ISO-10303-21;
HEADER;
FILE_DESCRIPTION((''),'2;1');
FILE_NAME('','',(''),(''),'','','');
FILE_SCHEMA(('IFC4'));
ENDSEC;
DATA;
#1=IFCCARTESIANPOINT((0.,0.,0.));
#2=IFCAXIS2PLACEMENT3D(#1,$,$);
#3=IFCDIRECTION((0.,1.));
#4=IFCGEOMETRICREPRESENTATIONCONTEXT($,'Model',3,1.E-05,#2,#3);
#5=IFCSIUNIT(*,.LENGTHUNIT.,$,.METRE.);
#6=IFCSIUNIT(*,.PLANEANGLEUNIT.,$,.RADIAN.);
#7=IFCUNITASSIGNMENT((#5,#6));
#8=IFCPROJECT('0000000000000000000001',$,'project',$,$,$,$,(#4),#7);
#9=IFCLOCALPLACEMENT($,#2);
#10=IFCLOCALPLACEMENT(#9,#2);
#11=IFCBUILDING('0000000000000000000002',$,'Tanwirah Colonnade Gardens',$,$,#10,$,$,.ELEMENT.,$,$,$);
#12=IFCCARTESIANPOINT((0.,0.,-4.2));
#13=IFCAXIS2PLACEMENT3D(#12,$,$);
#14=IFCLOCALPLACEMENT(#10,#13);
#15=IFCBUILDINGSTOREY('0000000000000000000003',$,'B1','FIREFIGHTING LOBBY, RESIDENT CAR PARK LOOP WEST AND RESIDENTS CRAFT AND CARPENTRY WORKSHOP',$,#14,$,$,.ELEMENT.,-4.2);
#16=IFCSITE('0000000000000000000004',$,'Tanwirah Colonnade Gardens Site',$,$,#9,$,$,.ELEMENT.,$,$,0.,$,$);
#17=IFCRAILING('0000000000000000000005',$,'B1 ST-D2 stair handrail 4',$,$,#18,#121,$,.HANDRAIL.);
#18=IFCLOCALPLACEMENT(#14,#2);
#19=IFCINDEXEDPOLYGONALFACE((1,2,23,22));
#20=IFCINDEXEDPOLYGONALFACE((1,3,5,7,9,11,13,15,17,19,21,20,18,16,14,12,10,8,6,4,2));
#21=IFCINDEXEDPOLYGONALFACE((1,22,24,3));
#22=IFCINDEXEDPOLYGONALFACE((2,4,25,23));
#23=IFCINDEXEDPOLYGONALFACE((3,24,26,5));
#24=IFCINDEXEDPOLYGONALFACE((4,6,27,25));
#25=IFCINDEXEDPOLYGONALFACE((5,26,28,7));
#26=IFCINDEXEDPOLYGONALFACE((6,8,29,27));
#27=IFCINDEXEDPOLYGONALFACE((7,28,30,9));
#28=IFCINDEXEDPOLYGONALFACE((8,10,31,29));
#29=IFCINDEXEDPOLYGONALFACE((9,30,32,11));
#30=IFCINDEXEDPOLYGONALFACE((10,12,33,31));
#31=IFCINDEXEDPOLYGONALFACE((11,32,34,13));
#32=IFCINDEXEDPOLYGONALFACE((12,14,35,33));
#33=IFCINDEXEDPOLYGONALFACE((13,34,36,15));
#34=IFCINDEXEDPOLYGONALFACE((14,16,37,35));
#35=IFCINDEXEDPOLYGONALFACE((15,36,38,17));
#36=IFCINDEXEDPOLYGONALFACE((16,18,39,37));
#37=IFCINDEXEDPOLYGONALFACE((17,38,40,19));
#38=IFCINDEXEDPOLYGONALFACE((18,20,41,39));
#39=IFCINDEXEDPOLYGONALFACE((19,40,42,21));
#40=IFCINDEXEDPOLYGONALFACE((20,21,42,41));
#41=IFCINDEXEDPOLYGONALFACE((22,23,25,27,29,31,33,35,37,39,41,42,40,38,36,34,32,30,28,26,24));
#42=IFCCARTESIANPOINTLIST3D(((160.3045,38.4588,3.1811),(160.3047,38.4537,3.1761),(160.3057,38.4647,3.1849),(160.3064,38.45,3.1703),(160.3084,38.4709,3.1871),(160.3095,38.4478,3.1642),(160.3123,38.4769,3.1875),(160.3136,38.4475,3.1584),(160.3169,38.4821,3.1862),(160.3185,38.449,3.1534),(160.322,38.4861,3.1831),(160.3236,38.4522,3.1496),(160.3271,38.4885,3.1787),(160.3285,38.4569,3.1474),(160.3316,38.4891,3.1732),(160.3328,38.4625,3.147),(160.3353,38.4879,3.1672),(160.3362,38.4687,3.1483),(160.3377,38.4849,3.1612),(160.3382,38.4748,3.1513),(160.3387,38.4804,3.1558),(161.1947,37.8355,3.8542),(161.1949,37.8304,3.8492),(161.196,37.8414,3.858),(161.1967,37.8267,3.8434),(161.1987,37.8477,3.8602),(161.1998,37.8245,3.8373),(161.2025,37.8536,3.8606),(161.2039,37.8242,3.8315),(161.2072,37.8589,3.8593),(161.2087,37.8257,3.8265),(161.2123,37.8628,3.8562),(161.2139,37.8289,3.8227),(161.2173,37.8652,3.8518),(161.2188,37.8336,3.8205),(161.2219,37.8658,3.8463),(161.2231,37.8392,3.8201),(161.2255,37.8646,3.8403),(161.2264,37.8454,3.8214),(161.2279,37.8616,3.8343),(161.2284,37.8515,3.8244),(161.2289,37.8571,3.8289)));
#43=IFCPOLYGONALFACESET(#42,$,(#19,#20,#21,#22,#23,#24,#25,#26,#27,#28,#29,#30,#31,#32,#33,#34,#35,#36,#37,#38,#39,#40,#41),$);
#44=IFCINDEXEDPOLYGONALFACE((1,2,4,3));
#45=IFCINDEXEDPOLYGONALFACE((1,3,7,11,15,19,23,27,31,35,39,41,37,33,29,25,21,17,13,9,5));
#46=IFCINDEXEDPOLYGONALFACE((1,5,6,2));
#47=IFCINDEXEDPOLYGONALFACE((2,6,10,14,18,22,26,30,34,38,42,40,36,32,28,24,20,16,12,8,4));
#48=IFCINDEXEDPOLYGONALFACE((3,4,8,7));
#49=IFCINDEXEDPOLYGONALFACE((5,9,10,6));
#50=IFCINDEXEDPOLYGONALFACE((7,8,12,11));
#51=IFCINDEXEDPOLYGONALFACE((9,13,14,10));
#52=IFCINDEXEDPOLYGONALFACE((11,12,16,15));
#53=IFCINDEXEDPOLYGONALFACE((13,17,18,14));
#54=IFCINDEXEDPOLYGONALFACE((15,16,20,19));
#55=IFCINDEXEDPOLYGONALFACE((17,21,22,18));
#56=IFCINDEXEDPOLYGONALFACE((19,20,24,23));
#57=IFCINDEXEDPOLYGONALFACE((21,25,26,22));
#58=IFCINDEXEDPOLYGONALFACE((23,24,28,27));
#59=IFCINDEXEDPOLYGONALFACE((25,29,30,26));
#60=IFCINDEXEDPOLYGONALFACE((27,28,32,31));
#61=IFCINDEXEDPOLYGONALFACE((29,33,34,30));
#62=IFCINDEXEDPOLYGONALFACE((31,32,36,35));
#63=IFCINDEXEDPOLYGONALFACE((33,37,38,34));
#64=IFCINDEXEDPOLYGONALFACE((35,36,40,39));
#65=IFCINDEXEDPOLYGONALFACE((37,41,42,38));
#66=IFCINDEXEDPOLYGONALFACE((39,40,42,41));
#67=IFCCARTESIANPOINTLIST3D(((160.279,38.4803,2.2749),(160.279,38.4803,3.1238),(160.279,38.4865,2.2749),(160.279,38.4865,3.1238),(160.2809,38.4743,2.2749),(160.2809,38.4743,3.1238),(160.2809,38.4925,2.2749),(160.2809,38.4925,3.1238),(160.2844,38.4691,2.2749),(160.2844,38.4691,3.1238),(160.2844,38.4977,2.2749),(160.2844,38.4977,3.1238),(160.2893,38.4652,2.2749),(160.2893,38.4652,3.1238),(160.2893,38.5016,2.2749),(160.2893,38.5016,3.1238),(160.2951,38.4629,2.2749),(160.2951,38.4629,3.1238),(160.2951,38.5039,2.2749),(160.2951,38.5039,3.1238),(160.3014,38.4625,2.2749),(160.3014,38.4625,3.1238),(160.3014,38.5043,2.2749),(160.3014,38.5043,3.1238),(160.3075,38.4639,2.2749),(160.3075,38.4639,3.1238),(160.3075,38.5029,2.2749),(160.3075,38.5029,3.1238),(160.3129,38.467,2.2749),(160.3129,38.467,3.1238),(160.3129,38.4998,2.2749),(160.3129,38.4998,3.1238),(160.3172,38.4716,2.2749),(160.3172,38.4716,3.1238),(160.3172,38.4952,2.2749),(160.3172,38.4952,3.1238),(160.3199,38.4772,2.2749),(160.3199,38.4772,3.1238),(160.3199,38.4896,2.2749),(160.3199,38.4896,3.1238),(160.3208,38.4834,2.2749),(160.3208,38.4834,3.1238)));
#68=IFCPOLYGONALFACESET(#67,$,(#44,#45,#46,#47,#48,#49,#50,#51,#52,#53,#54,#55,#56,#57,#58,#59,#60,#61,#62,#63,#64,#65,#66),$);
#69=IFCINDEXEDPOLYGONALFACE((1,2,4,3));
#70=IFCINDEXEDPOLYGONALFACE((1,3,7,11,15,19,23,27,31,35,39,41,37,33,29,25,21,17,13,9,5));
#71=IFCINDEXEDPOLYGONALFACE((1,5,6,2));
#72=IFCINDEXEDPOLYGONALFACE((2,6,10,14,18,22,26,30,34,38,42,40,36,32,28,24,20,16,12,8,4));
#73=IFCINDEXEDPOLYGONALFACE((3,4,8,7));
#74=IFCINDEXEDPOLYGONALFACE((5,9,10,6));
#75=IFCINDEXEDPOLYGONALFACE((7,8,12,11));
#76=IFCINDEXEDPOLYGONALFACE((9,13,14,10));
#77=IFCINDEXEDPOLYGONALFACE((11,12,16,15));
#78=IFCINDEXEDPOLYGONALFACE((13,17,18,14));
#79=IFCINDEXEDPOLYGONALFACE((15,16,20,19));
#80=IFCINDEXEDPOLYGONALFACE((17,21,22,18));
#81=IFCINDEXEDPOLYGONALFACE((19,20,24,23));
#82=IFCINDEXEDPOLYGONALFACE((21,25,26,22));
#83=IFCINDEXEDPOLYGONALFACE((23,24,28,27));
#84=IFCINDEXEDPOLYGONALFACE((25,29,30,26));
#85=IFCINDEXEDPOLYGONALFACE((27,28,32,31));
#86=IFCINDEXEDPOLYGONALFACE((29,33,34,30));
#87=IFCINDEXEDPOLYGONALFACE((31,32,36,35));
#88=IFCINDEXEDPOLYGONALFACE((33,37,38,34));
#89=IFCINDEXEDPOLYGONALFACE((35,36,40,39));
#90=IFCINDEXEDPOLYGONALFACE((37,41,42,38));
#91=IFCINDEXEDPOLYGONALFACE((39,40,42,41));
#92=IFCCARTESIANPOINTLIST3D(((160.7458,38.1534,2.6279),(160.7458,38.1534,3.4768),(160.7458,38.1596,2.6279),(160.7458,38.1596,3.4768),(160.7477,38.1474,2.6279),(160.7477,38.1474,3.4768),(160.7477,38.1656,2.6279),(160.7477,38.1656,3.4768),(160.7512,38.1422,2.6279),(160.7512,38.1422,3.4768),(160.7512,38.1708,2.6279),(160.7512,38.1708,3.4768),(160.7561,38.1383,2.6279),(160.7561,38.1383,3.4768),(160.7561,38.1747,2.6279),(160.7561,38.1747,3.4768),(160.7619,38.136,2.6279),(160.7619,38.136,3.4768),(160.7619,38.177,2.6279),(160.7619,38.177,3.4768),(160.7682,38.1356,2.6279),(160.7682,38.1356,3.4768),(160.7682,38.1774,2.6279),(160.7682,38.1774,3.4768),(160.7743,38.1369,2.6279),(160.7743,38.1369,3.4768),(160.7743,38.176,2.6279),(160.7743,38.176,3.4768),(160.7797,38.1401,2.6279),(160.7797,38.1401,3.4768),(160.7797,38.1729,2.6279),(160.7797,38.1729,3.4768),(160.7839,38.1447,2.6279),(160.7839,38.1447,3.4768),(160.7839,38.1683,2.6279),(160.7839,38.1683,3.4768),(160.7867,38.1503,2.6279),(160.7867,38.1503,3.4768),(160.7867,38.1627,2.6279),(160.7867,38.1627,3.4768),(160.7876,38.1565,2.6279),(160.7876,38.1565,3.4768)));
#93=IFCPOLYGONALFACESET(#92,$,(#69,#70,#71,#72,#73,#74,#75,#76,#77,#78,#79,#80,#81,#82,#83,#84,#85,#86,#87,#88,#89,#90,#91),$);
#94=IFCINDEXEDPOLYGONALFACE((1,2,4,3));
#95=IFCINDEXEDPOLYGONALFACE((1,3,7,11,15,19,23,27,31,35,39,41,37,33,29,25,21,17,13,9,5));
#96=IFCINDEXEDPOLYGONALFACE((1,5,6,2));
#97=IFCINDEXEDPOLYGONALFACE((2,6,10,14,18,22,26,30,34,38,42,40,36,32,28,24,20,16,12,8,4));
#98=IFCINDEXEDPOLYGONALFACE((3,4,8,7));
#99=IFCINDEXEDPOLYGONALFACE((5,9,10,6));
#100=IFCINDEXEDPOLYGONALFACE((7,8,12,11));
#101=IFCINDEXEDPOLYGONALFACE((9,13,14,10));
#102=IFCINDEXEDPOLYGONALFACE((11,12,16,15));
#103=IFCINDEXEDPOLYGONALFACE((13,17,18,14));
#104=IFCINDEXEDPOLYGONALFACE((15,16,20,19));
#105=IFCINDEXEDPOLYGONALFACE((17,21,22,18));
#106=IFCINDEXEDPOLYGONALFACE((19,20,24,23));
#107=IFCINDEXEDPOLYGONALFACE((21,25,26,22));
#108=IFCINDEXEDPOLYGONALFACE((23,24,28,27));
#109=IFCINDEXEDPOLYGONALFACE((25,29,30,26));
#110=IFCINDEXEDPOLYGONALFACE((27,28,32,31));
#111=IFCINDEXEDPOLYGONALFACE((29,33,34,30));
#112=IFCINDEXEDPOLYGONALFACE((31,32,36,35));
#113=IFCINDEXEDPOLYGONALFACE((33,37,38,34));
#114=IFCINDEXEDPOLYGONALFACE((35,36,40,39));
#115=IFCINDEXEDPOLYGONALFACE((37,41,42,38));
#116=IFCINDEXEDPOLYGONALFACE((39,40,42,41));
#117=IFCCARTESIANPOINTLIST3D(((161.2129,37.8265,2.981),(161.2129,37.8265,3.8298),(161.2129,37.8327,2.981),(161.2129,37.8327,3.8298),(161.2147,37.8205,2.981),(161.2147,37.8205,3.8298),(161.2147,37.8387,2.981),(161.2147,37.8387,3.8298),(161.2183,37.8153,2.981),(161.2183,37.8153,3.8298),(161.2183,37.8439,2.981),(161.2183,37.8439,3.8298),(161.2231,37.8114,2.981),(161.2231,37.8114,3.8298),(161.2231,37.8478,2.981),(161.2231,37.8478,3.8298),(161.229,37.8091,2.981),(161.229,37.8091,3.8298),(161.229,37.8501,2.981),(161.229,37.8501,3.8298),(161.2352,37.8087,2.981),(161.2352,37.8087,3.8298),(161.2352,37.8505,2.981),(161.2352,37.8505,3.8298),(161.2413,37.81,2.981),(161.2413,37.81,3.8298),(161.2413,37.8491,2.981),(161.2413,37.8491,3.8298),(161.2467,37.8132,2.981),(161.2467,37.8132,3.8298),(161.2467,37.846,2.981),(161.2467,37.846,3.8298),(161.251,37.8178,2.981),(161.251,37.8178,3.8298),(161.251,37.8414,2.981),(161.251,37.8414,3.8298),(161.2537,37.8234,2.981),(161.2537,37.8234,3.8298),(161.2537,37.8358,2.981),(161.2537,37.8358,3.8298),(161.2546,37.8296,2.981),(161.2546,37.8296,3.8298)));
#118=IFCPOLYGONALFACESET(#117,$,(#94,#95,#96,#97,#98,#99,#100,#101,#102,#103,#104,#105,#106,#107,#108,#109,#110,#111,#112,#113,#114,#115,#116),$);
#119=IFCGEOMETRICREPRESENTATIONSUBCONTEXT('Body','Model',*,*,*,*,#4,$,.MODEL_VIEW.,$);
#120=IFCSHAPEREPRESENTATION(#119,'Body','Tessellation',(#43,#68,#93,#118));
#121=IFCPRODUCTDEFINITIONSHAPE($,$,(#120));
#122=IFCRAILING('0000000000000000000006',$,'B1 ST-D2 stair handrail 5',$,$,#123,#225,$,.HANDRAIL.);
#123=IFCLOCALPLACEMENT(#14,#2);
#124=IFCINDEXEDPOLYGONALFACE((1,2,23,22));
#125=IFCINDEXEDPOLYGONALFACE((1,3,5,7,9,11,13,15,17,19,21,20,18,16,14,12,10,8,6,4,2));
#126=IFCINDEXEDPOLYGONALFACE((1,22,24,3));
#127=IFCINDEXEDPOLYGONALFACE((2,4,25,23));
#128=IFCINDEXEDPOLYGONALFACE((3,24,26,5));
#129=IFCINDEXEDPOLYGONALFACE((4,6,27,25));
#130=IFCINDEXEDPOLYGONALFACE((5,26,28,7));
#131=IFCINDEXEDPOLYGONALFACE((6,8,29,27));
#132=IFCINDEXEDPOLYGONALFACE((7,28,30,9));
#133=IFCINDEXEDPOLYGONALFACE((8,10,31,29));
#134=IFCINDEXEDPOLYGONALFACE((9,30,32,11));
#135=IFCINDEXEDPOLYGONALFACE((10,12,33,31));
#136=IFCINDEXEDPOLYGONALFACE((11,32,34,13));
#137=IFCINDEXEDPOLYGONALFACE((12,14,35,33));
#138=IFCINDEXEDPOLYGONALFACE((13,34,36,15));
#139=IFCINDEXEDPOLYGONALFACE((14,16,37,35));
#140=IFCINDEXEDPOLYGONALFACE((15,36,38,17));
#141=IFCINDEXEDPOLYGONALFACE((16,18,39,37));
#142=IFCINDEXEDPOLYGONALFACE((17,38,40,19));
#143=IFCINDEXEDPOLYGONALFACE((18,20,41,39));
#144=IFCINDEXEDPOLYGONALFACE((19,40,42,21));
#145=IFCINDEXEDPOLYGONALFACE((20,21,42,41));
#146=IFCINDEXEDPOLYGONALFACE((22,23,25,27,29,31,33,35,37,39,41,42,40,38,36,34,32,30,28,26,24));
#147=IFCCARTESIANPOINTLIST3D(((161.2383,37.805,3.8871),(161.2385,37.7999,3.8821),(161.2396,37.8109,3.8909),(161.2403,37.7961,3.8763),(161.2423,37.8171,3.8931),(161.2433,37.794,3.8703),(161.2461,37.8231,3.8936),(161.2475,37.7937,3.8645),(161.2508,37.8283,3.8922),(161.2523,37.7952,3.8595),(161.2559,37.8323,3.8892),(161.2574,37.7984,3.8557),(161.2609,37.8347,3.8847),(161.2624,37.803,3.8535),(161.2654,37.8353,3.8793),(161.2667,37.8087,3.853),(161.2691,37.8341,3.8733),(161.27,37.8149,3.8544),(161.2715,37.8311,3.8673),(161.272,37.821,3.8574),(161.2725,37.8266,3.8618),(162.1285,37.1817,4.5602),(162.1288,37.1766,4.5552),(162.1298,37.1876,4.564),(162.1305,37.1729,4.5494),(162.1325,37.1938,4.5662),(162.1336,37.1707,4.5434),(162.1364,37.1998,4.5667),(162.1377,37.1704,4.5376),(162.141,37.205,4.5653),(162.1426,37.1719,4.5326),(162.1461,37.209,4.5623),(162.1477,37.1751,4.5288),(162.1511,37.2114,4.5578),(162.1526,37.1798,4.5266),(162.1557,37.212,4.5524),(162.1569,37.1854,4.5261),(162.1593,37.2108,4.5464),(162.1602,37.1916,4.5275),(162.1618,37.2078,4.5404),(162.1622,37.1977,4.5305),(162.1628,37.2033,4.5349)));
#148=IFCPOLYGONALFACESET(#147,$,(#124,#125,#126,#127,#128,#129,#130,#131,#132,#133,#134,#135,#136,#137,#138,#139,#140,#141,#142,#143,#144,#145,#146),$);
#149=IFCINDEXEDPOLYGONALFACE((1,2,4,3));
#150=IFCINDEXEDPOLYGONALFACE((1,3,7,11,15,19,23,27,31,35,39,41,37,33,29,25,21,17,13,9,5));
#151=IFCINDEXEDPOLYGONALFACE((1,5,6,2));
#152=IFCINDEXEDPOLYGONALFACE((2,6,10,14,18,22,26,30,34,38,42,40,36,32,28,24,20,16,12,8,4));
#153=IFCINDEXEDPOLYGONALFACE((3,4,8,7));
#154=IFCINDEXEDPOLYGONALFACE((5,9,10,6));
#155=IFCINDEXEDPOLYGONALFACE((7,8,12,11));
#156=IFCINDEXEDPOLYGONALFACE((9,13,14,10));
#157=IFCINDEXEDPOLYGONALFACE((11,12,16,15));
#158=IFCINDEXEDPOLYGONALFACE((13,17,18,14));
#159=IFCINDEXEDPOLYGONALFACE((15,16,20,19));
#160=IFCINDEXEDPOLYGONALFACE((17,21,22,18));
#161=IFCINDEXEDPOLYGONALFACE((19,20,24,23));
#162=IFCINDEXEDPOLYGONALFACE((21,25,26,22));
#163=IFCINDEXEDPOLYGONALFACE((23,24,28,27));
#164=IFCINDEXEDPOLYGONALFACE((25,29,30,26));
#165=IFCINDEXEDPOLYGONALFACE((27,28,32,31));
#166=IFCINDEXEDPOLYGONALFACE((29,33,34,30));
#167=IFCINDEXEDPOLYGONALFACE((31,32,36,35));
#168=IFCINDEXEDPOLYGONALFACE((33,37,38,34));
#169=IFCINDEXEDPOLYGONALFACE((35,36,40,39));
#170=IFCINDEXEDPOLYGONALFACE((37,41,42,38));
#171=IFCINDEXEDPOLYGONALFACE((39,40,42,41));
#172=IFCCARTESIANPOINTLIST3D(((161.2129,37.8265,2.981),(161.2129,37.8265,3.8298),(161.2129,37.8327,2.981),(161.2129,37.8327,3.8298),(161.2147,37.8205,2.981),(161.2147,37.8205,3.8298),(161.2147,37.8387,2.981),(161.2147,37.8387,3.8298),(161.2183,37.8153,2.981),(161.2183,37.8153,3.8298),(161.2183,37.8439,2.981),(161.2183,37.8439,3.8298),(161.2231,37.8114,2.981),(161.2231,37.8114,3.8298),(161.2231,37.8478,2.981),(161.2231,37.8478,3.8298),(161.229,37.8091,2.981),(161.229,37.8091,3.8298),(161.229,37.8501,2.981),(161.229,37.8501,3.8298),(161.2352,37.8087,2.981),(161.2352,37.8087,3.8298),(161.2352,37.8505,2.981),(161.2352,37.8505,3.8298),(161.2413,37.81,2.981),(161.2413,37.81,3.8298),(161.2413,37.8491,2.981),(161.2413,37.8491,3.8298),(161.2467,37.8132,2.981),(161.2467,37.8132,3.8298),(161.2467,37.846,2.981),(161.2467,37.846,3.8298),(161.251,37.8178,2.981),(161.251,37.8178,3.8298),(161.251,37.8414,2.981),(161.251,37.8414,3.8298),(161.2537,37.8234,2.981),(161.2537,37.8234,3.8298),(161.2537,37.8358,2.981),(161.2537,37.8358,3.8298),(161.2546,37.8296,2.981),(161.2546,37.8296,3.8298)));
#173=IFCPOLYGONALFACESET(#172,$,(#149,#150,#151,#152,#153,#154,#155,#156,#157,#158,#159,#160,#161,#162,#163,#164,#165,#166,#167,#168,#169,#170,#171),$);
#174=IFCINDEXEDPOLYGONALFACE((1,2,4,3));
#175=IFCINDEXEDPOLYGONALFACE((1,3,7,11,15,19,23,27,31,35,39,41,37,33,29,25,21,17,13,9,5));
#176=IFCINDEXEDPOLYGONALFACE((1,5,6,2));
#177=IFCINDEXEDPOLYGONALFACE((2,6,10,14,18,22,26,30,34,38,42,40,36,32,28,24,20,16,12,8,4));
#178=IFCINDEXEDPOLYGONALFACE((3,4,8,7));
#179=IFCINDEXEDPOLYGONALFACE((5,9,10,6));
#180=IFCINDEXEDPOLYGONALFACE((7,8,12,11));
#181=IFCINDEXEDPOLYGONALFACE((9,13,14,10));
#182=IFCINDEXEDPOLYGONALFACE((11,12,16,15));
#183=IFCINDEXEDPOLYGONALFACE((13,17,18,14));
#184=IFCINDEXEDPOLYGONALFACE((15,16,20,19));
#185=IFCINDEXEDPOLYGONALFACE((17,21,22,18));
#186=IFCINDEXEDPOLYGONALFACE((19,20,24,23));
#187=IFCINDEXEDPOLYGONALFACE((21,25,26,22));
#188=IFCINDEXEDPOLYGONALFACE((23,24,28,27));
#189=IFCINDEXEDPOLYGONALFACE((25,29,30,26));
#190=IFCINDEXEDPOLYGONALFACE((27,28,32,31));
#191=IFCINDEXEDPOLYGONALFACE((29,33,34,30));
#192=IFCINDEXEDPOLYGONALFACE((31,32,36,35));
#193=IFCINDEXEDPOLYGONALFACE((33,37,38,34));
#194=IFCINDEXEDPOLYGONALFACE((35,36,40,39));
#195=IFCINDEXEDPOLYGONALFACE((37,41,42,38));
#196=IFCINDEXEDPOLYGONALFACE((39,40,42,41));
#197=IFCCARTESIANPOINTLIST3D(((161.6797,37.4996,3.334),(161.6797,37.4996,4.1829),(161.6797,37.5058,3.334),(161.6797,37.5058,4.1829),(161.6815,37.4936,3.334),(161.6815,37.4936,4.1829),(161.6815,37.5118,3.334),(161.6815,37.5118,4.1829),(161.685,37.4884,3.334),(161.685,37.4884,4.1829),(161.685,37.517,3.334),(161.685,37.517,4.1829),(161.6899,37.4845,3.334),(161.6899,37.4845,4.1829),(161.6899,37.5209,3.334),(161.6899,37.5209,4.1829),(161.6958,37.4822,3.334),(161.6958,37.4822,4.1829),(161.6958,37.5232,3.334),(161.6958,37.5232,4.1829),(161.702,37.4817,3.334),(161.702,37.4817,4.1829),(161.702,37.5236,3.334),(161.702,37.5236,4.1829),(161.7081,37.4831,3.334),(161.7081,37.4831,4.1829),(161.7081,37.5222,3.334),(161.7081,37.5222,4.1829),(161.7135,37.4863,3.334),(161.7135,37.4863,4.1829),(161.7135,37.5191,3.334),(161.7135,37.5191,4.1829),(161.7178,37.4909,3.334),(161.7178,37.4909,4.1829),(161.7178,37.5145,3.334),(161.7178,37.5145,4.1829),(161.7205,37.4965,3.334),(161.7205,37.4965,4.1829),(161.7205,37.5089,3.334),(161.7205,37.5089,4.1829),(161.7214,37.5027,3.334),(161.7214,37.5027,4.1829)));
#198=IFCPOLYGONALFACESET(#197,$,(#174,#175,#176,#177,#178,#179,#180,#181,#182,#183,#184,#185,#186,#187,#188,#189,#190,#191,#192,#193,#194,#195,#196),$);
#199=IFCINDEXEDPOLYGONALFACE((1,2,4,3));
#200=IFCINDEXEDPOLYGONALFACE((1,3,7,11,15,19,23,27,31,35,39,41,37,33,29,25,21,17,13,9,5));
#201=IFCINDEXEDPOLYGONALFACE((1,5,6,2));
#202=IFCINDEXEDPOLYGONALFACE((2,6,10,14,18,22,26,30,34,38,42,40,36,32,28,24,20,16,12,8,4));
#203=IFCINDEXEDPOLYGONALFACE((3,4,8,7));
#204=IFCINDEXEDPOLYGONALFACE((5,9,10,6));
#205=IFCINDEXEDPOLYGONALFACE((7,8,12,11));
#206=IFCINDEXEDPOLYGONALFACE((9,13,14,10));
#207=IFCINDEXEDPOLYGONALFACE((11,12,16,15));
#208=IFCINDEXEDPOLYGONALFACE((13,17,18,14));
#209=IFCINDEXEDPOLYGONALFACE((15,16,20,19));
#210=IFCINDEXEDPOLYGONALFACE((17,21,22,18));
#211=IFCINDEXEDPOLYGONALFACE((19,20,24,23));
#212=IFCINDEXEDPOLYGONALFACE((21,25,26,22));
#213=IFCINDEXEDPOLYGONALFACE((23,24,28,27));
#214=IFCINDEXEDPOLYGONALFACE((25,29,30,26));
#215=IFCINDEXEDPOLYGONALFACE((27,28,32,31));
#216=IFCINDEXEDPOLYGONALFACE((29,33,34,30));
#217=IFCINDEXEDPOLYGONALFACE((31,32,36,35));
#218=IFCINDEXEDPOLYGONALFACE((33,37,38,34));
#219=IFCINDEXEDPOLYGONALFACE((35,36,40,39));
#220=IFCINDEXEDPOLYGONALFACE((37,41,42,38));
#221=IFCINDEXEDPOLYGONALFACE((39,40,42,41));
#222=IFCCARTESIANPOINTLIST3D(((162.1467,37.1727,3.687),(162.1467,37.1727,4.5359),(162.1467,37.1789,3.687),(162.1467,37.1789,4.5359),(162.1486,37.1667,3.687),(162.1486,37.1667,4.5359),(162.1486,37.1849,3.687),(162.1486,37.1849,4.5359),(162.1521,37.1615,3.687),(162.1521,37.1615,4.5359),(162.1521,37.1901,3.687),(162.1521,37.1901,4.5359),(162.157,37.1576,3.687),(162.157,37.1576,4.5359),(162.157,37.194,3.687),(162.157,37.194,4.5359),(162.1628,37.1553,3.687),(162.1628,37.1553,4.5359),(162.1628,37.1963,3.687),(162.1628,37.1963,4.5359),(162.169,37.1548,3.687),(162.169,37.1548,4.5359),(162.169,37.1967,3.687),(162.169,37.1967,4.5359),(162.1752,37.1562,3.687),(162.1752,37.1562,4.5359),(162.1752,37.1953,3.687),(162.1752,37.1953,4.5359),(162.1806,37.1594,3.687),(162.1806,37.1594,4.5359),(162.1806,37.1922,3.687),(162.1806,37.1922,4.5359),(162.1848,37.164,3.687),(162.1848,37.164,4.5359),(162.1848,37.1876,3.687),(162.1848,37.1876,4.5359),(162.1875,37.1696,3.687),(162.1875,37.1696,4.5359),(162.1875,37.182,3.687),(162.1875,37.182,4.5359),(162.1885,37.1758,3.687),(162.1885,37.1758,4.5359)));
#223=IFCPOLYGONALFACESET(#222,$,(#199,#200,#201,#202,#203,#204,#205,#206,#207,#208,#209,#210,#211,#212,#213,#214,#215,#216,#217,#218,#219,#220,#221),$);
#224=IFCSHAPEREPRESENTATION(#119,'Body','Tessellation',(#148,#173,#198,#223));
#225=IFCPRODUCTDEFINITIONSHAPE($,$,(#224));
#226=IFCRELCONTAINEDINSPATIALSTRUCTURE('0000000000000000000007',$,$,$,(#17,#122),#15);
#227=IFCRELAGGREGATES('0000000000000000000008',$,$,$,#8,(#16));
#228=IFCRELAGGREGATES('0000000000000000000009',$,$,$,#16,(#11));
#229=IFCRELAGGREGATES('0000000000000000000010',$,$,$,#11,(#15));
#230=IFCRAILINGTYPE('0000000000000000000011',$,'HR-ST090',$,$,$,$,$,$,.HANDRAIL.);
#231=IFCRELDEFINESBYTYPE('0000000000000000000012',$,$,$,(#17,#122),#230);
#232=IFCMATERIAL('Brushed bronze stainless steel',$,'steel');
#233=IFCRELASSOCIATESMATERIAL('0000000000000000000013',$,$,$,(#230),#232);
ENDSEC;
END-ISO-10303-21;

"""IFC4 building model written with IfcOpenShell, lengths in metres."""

from ifc_helpers import new_model, si_unit, direction, frame, origin, origin_2d, place, context, subcontext, project, spatial, circle, extrude, material, type_object, element, save


model = new_model("IFC4")

# Units and contexts
model_context = context("Model", 3, precision=1e-05, world=origin(), true_north=direction((0.0, 1.0)))
body_context = subcontext(model_context, "Body", "Model", "MODEL_VIEW")
ifc_project = project(units=[si_unit("LENGTHUNIT", "METRE"), si_unit("PLANEANGLEUNIT", "RADIAN")], contexts=[model_context])

# Site, building, storey
site_placement = place(None, origin())
site = spatial("IfcSite", under=ifc_project, at=site_placement, Name="Tanwirah Colonnade Gardens Site", CompositionType="ELEMENT", RefElevation=0.0)
building_placement = place(site_placement, origin())
building = spatial("IfcBuilding", under=site, at=building_placement, Name="Tanwirah Colonnade Gardens", CompositionType="ELEMENT")
storey_placement = place(building_placement, frame((0.0, 0.0, -4.2)))
storey = spatial("IfcBuildingStorey", under=building, at=storey_placement, Name="B1", Description="FIREFIGHTING LOBBY, RESIDENT CAR PARK LOOP WEST AND RESIDENTS CRAFT AND CARPENTRY WORKSHOP", CompositionType="ELEMENT", Elevation=-4.2)

# Railings
ifc_material_1 = material(Name="Brushed bronze stainless steel", Category="steel")
railing_type_1 = type_object("IfcRailingType", Name="HR-ST090", PredefinedType="HANDRAIL", material=ifc_material_1)
for number, where, name in (
    (1, (160.2998, 38.4834, 2.2749), "B1 ST-D2 stair handrail 4"),
    (2, (161.2336, 37.8296, 2.981), "B1 ST-D2 stair handrail 5"),
):
    element("IfcRailing", number, at=place(storey_placement, frame(where)), inside=storey, type_object=railing_type_1, Name=name, PredefinedType="HANDRAIL", context=body_context, shape_type="SweptSolid", body=[
        extrude(circle(Radius=0.0239, at=origin_2d()), frame((0.0217, -0.0151, 0.8923), z_axis=(0.696422, -0.487587, 0.52655), x_axis=(0.573534, 0.819182, 0.0)), (0.0, 0.0, 1.0), 1.2783),
        extrude(circle(Radius=0.021, at=origin_2d()), origin(), (0.0, 0.0, 1.0), 0.8489),
        extrude(circle(Radius=0.021, at=origin_2d()), frame((0.4668, -0.3269, 0.353)), (0.0, 0.0, 1.0), 0.8489),
        extrude(circle(Radius=0.021, at=origin_2d()), frame((0.9338, -0.6538, 0.7061)), (0.0, 0.0, 1.0), 0.8489),
    ])

save(model, "model.ifc")
